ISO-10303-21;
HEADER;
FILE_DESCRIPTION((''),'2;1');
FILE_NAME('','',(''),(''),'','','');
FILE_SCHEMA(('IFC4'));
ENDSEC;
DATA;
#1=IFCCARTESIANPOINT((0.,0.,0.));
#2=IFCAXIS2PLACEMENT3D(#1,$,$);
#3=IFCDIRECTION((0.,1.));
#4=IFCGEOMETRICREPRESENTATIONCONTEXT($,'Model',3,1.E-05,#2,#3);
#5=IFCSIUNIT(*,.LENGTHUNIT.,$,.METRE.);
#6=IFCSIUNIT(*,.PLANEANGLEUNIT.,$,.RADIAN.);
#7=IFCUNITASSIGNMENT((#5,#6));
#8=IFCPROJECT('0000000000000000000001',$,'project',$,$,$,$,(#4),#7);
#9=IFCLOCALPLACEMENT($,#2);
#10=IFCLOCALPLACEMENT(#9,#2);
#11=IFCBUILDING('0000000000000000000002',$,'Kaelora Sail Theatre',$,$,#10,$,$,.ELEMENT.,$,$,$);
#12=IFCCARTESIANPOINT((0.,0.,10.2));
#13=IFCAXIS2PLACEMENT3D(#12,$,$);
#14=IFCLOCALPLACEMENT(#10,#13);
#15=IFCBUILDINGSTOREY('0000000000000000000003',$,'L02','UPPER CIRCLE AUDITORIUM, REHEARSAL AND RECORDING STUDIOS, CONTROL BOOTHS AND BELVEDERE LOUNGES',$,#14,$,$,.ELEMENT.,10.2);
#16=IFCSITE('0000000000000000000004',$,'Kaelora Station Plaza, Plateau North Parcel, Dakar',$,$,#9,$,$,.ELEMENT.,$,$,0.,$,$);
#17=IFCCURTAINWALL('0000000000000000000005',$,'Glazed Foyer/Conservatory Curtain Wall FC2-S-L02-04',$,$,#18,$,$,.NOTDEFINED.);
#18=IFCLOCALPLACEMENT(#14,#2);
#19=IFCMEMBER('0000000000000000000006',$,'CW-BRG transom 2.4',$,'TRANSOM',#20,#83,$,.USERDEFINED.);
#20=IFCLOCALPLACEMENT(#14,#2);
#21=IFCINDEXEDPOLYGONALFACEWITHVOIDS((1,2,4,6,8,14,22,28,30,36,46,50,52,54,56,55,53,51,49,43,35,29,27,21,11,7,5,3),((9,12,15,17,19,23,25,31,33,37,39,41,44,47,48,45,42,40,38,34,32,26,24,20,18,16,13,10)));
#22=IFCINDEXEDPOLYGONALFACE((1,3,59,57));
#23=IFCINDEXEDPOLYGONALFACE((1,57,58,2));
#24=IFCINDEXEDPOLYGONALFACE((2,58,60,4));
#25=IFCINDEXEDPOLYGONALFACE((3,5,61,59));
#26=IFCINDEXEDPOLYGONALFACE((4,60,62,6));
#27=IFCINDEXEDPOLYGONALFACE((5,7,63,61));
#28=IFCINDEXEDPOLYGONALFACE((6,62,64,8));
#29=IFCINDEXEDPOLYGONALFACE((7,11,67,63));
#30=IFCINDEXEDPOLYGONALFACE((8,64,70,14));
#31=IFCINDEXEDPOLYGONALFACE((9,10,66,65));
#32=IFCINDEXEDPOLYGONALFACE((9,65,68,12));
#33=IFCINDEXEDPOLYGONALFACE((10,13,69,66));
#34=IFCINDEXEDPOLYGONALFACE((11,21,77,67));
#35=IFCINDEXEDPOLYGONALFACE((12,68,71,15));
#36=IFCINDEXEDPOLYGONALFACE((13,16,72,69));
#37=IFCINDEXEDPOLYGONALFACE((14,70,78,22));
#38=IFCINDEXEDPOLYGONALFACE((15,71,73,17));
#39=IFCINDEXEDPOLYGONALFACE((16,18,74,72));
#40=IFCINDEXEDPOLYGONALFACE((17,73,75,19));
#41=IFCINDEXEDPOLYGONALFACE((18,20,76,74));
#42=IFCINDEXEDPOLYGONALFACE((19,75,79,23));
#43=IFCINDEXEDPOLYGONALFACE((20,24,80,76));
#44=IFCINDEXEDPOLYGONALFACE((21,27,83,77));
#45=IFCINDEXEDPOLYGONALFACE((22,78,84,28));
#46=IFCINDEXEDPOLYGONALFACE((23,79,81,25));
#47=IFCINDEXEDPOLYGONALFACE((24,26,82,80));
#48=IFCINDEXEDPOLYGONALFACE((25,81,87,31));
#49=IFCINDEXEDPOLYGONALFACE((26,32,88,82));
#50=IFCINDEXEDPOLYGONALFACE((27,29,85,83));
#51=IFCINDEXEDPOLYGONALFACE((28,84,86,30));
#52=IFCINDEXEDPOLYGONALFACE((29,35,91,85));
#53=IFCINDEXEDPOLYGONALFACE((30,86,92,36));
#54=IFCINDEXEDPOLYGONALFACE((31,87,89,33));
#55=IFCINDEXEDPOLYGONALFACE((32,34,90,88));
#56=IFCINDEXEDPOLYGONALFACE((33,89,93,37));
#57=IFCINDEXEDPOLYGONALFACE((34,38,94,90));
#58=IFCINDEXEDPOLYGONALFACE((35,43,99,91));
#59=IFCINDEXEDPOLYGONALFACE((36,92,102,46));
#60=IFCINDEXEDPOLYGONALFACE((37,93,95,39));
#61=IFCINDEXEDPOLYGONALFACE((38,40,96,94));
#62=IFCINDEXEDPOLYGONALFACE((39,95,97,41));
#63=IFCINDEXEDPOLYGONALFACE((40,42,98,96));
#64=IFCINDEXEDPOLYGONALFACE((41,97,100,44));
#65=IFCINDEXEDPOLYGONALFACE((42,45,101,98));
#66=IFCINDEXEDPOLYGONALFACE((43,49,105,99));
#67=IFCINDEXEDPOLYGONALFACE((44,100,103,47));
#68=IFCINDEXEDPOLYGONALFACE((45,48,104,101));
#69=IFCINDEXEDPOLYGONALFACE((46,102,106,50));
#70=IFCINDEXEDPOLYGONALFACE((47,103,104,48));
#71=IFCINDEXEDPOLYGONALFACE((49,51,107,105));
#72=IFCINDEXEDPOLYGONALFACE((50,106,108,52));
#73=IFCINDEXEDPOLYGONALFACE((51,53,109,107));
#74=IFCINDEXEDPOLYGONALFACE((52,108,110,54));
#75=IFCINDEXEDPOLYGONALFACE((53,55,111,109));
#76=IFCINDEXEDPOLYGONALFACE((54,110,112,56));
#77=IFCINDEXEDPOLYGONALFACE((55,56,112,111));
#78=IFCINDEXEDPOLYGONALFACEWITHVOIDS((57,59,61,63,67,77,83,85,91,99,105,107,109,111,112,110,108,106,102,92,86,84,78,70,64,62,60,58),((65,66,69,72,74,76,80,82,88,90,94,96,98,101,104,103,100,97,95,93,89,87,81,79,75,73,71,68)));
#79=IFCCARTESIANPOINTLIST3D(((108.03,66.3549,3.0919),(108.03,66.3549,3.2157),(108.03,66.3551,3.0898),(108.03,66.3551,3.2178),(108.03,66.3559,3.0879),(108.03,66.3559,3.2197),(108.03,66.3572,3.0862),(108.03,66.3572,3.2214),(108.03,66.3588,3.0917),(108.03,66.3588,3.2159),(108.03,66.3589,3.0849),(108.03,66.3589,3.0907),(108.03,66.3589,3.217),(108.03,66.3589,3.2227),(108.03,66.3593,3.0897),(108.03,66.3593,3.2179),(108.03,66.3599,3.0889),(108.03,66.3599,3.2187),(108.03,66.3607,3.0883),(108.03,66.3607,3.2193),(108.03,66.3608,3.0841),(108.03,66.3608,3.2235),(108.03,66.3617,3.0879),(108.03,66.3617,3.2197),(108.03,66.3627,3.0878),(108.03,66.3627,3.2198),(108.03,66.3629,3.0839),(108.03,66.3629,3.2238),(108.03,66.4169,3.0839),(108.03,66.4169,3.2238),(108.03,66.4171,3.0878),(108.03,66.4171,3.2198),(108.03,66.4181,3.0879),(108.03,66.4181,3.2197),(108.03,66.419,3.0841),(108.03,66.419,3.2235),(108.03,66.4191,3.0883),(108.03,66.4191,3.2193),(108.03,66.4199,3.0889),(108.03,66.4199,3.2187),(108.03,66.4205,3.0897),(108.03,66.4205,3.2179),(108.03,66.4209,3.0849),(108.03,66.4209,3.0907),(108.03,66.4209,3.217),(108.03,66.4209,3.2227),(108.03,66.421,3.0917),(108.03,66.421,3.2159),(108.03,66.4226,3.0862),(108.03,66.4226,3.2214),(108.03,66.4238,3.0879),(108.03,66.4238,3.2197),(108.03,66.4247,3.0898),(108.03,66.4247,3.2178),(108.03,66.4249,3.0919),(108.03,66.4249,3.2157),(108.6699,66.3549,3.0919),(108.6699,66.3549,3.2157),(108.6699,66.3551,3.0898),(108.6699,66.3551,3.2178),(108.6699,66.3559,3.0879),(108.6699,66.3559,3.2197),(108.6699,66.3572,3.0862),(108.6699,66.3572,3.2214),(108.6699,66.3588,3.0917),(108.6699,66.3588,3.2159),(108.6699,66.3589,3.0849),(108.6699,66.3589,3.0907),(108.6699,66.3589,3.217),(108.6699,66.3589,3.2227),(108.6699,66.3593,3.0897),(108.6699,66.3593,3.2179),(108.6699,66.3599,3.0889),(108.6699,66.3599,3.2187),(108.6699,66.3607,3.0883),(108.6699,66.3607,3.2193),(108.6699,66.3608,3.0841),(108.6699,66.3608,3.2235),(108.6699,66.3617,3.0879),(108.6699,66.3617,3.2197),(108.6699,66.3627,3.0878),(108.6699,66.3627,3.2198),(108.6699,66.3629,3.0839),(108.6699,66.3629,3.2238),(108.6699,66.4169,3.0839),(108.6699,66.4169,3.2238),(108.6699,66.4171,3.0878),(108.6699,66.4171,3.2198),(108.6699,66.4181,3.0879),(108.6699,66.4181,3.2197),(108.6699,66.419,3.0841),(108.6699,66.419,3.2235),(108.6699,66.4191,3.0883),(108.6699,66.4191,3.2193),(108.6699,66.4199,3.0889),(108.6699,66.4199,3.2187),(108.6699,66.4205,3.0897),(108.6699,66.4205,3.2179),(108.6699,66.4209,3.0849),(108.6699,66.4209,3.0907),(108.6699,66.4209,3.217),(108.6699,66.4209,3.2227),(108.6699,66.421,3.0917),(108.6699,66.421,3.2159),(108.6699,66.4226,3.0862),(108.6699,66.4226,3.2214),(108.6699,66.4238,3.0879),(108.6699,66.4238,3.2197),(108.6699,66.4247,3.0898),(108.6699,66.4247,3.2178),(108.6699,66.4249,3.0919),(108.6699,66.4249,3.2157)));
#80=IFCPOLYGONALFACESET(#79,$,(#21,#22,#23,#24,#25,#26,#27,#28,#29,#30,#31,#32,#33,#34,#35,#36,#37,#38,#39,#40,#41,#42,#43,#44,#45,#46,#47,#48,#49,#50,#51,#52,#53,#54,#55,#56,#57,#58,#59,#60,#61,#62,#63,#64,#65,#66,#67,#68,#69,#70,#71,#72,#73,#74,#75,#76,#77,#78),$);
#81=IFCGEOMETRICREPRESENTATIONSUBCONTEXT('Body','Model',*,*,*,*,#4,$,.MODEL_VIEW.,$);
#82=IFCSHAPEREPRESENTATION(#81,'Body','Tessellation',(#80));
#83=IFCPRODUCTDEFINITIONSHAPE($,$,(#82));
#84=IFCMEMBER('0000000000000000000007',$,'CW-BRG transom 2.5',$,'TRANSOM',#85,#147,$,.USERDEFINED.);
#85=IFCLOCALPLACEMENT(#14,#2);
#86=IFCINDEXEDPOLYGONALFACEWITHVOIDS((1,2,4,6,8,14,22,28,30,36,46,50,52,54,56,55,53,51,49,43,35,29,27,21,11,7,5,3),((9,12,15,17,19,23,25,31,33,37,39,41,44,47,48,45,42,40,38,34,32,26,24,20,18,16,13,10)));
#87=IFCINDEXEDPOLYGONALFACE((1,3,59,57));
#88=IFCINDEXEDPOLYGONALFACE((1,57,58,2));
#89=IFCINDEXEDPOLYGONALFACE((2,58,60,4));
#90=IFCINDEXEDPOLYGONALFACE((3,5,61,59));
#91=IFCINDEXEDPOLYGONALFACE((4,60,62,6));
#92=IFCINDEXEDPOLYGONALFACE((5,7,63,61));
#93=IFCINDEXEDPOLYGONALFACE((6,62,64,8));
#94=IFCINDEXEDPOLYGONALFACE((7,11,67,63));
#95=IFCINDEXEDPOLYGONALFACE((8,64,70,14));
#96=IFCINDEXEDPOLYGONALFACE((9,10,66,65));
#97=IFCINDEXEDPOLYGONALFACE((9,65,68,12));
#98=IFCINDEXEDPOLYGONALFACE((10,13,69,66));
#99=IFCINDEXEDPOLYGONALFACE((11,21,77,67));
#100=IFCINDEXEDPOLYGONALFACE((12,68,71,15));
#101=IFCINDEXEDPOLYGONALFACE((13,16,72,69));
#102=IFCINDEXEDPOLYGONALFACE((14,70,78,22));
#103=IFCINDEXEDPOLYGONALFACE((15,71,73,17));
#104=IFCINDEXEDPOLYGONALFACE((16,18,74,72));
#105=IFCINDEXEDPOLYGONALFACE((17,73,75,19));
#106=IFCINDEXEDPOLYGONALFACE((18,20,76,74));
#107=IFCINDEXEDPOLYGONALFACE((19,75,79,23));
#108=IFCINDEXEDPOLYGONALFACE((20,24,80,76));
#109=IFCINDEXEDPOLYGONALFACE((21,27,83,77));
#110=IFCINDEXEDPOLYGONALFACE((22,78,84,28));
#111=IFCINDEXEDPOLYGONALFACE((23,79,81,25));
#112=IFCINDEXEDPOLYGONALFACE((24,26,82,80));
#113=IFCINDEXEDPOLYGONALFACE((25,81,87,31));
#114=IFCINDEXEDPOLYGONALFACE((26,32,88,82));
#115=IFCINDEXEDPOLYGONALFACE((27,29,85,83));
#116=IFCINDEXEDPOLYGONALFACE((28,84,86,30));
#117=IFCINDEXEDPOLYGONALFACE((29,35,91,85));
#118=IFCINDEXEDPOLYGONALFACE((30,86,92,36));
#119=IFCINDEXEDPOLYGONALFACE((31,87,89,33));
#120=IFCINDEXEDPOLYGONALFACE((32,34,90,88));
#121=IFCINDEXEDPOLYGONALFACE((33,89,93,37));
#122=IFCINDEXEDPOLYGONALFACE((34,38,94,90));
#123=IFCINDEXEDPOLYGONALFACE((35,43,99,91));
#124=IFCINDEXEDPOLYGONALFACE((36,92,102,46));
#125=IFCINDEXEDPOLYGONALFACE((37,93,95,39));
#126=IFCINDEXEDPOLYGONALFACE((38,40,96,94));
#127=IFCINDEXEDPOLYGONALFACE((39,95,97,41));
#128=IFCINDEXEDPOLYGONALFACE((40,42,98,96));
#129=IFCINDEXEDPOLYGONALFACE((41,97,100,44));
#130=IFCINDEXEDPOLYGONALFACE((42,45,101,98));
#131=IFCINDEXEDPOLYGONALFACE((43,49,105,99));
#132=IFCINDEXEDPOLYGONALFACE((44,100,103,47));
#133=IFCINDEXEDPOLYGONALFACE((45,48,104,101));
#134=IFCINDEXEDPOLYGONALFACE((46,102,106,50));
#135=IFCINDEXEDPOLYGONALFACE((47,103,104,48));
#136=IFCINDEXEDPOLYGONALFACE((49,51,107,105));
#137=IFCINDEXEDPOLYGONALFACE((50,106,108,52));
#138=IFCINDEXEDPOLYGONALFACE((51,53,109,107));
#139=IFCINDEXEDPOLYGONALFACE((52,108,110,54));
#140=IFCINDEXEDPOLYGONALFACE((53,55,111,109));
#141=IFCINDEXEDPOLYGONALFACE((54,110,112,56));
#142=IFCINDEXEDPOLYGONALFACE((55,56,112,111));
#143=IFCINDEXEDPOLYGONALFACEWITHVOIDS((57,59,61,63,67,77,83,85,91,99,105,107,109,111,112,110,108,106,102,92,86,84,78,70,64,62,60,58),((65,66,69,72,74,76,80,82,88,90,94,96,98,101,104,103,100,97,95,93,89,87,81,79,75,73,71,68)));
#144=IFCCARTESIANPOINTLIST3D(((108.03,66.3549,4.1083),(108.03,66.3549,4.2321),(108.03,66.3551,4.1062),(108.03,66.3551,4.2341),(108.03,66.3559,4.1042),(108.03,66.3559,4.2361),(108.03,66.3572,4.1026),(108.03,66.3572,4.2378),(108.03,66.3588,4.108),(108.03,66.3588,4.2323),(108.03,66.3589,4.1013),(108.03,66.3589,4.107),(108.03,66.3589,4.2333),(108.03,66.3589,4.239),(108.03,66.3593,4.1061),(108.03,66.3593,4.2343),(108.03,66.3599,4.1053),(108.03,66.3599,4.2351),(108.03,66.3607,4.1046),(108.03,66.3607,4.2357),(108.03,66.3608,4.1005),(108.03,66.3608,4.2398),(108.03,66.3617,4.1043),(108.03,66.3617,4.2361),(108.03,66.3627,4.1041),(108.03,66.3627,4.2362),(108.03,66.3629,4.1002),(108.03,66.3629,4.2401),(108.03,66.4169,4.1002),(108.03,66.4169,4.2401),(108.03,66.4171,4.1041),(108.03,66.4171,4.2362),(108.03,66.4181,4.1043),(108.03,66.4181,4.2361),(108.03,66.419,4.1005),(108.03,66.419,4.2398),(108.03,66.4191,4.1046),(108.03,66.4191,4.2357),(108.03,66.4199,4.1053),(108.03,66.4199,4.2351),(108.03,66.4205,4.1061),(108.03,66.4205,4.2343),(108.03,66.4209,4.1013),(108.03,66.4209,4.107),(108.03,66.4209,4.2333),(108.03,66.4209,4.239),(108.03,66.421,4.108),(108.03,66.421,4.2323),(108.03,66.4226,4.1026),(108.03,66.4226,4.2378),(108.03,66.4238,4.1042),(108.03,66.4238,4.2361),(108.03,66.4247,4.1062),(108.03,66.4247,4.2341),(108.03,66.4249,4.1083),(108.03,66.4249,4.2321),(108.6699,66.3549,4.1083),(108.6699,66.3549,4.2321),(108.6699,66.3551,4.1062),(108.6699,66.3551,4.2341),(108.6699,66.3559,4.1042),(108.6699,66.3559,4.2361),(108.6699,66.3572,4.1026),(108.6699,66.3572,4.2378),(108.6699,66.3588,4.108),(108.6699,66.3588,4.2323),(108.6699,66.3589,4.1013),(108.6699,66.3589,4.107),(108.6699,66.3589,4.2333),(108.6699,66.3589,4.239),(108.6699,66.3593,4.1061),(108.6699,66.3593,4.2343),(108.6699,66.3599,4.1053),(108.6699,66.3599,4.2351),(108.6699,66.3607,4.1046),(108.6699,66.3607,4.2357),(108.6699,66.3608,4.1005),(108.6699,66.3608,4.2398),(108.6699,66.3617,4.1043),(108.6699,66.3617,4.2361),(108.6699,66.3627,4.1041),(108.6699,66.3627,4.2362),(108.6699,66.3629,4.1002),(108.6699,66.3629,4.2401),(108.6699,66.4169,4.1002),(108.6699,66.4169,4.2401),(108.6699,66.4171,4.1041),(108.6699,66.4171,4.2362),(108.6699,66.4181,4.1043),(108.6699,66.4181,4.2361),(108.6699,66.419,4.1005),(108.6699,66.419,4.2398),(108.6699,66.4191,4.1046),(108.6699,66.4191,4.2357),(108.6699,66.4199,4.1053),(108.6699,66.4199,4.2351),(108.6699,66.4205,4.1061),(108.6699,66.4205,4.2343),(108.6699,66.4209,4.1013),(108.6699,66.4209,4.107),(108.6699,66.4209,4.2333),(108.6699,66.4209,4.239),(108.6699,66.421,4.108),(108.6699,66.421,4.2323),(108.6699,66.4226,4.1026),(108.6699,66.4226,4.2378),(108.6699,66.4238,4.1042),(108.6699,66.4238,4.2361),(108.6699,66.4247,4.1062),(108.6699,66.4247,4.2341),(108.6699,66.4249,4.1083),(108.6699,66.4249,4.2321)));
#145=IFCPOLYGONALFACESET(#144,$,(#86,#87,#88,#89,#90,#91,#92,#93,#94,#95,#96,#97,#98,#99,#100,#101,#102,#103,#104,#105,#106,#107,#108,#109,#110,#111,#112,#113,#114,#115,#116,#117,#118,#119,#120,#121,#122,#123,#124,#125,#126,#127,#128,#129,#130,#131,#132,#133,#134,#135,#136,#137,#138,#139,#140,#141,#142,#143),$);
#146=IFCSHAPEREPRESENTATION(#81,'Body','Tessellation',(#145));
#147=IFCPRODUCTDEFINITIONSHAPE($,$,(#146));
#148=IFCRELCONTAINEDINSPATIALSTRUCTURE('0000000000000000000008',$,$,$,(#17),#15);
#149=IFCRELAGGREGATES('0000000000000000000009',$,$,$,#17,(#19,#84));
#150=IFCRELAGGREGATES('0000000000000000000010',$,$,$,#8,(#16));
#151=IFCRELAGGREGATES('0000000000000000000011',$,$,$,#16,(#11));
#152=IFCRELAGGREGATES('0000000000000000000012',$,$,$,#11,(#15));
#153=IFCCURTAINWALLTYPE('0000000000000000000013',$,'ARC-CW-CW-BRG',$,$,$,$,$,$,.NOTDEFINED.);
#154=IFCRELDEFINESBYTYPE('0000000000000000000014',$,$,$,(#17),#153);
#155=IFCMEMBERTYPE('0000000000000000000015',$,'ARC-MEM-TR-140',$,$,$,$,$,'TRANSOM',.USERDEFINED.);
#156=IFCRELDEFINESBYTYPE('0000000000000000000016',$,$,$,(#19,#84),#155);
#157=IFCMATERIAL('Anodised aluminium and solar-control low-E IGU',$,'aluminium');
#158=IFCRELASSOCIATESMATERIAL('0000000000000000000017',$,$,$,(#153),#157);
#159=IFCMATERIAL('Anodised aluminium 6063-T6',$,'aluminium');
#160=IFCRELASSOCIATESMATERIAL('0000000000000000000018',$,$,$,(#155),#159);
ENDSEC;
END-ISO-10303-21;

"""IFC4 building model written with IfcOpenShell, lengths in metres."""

from ifc_helpers import new_model, si_unit, direction, frame, origin, origin_2d, place, context, subcontext, project, spatial, hollow_rectangle, extrude, material, material_profile, profile_set, type_object, element, aggregate, save


model = new_model("IFC4")

# Units and contexts
model_context = context("Model", 3, precision=1e-05, world=origin(), true_north=direction((0.0, 1.0)))
body_context = subcontext(model_context, "Body", "Model", "MODEL_VIEW")
ifc_project = project(units=[si_unit("LENGTHUNIT", "METRE"), si_unit("PLANEANGLEUNIT", "RADIAN")], contexts=[model_context])

# Site, building, storey
site_placement = place(None, origin())
site = spatial("IfcSite", under=ifc_project, at=site_placement, Name="Kaelora Station Plaza, Plateau North Parcel, Dakar", CompositionType="ELEMENT", RefElevation=0.0)
building_placement = place(site_placement, origin())
building = spatial("IfcBuilding", under=site, at=building_placement, Name="Kaelora Sail Theatre", CompositionType="ELEMENT")
storey_placement = place(building_placement, frame((0.0, 0.0, 10.2)))
storey = spatial("IfcBuildingStorey", under=building, at=storey_placement, Name="L02", Description="UPPER CIRCLE AUDITORIUM, REHEARSAL AND RECORDING STUDIOS, CONTROL BOOTHS AND BELVEDERE LOUNGES", CompositionType="ELEMENT", Elevation=10.2)

# Shared definitions
ifc_material_1 = material(Name="Anodised aluminium and solar-control low-E IGU", Category="aluminium")
curtain_wall_type = type_object("IfcCurtainWallType", Name="ARC-CW-CW-BRG", PredefinedType="NOTDEFINED", material=ifc_material_1)

# Curtain wall, members
curtain_wall_1_placement = place(storey_placement, origin())
curtain_wall_1 = element("IfcCurtainWall", 1, at=curtain_wall_1_placement, inside=storey, type_object=curtain_wall_type, Name="Glazed Foyer/Conservatory Curtain Wall FC2-S-L02-04", PredefinedType="NOTDEFINED")
ifc_material_2 = material(Name="Anodised aluminium 6063-T6", Category="aluminium")
ifc_material_profile_1 = material_profile(ifc_material_2, hollow_rectangle(XDim=0.0701, YDim=0.1399, WallThickness=0.0039, InnerFilletRadius=0.0039, OuterFilletRadius=0.0081, at=origin_2d()), Name="ALU-TRAN 70x140x4")
ifc_profile_set_1 = profile_set([ifc_material_profile_1], Name="Anodised aluminium 6063-T6")
member_type_1 = type_object("IfcMemberType", Name="ARC-MEM-TR-140", ElementType="TRANSOM", PredefinedType="USERDEFINED", material=ifc_profile_set_1)
member_1_placement = place(storey_placement, frame((108.03, 66.3899, 3.1538), z_axis=(1.0, 0.0, 0.0), x_axis=(0.0, 1.0, 0.0)))
member_1 = element("IfcMember", 2, at=member_1_placement, type_object=member_type_1, Name="CW-BRG transom 2.4", ObjectType="TRANSOM", PredefinedType="USERDEFINED", context=body_context, shape_type="SweptSolid", body=[
    extrude(hollow_rectangle(XDim=0.0701, YDim=0.1399, WallThickness=0.0039, InnerFilletRadius=0.0039, OuterFilletRadius=0.0081, at=origin_2d()), origin(), (0.0, 0.0, 1.0), 0.6399),
])
member_2_placement = place(storey_placement, frame((108.03, 66.3899, 4.1702), z_axis=(1.0, 0.0, 0.0), x_axis=(0.0, 1.0, 0.0)))
member_2 = element("IfcMember", 3, at=member_2_placement, type_object=member_type_1, Name="CW-BRG transom 2.5", ObjectType="TRANSOM", PredefinedType="USERDEFINED", context=body_context, shape_type="SweptSolid", body=[
    extrude(hollow_rectangle(XDim=0.0701, YDim=0.1399, WallThickness=0.0039, InnerFilletRadius=0.0039, OuterFilletRadius=0.0081, at=origin_2d()), origin(), (0.0, 0.0, 1.0), 0.6399),
])

aggregate(curtain_wall_1, [member_1, member_2])

save(model, "model.ifc")
